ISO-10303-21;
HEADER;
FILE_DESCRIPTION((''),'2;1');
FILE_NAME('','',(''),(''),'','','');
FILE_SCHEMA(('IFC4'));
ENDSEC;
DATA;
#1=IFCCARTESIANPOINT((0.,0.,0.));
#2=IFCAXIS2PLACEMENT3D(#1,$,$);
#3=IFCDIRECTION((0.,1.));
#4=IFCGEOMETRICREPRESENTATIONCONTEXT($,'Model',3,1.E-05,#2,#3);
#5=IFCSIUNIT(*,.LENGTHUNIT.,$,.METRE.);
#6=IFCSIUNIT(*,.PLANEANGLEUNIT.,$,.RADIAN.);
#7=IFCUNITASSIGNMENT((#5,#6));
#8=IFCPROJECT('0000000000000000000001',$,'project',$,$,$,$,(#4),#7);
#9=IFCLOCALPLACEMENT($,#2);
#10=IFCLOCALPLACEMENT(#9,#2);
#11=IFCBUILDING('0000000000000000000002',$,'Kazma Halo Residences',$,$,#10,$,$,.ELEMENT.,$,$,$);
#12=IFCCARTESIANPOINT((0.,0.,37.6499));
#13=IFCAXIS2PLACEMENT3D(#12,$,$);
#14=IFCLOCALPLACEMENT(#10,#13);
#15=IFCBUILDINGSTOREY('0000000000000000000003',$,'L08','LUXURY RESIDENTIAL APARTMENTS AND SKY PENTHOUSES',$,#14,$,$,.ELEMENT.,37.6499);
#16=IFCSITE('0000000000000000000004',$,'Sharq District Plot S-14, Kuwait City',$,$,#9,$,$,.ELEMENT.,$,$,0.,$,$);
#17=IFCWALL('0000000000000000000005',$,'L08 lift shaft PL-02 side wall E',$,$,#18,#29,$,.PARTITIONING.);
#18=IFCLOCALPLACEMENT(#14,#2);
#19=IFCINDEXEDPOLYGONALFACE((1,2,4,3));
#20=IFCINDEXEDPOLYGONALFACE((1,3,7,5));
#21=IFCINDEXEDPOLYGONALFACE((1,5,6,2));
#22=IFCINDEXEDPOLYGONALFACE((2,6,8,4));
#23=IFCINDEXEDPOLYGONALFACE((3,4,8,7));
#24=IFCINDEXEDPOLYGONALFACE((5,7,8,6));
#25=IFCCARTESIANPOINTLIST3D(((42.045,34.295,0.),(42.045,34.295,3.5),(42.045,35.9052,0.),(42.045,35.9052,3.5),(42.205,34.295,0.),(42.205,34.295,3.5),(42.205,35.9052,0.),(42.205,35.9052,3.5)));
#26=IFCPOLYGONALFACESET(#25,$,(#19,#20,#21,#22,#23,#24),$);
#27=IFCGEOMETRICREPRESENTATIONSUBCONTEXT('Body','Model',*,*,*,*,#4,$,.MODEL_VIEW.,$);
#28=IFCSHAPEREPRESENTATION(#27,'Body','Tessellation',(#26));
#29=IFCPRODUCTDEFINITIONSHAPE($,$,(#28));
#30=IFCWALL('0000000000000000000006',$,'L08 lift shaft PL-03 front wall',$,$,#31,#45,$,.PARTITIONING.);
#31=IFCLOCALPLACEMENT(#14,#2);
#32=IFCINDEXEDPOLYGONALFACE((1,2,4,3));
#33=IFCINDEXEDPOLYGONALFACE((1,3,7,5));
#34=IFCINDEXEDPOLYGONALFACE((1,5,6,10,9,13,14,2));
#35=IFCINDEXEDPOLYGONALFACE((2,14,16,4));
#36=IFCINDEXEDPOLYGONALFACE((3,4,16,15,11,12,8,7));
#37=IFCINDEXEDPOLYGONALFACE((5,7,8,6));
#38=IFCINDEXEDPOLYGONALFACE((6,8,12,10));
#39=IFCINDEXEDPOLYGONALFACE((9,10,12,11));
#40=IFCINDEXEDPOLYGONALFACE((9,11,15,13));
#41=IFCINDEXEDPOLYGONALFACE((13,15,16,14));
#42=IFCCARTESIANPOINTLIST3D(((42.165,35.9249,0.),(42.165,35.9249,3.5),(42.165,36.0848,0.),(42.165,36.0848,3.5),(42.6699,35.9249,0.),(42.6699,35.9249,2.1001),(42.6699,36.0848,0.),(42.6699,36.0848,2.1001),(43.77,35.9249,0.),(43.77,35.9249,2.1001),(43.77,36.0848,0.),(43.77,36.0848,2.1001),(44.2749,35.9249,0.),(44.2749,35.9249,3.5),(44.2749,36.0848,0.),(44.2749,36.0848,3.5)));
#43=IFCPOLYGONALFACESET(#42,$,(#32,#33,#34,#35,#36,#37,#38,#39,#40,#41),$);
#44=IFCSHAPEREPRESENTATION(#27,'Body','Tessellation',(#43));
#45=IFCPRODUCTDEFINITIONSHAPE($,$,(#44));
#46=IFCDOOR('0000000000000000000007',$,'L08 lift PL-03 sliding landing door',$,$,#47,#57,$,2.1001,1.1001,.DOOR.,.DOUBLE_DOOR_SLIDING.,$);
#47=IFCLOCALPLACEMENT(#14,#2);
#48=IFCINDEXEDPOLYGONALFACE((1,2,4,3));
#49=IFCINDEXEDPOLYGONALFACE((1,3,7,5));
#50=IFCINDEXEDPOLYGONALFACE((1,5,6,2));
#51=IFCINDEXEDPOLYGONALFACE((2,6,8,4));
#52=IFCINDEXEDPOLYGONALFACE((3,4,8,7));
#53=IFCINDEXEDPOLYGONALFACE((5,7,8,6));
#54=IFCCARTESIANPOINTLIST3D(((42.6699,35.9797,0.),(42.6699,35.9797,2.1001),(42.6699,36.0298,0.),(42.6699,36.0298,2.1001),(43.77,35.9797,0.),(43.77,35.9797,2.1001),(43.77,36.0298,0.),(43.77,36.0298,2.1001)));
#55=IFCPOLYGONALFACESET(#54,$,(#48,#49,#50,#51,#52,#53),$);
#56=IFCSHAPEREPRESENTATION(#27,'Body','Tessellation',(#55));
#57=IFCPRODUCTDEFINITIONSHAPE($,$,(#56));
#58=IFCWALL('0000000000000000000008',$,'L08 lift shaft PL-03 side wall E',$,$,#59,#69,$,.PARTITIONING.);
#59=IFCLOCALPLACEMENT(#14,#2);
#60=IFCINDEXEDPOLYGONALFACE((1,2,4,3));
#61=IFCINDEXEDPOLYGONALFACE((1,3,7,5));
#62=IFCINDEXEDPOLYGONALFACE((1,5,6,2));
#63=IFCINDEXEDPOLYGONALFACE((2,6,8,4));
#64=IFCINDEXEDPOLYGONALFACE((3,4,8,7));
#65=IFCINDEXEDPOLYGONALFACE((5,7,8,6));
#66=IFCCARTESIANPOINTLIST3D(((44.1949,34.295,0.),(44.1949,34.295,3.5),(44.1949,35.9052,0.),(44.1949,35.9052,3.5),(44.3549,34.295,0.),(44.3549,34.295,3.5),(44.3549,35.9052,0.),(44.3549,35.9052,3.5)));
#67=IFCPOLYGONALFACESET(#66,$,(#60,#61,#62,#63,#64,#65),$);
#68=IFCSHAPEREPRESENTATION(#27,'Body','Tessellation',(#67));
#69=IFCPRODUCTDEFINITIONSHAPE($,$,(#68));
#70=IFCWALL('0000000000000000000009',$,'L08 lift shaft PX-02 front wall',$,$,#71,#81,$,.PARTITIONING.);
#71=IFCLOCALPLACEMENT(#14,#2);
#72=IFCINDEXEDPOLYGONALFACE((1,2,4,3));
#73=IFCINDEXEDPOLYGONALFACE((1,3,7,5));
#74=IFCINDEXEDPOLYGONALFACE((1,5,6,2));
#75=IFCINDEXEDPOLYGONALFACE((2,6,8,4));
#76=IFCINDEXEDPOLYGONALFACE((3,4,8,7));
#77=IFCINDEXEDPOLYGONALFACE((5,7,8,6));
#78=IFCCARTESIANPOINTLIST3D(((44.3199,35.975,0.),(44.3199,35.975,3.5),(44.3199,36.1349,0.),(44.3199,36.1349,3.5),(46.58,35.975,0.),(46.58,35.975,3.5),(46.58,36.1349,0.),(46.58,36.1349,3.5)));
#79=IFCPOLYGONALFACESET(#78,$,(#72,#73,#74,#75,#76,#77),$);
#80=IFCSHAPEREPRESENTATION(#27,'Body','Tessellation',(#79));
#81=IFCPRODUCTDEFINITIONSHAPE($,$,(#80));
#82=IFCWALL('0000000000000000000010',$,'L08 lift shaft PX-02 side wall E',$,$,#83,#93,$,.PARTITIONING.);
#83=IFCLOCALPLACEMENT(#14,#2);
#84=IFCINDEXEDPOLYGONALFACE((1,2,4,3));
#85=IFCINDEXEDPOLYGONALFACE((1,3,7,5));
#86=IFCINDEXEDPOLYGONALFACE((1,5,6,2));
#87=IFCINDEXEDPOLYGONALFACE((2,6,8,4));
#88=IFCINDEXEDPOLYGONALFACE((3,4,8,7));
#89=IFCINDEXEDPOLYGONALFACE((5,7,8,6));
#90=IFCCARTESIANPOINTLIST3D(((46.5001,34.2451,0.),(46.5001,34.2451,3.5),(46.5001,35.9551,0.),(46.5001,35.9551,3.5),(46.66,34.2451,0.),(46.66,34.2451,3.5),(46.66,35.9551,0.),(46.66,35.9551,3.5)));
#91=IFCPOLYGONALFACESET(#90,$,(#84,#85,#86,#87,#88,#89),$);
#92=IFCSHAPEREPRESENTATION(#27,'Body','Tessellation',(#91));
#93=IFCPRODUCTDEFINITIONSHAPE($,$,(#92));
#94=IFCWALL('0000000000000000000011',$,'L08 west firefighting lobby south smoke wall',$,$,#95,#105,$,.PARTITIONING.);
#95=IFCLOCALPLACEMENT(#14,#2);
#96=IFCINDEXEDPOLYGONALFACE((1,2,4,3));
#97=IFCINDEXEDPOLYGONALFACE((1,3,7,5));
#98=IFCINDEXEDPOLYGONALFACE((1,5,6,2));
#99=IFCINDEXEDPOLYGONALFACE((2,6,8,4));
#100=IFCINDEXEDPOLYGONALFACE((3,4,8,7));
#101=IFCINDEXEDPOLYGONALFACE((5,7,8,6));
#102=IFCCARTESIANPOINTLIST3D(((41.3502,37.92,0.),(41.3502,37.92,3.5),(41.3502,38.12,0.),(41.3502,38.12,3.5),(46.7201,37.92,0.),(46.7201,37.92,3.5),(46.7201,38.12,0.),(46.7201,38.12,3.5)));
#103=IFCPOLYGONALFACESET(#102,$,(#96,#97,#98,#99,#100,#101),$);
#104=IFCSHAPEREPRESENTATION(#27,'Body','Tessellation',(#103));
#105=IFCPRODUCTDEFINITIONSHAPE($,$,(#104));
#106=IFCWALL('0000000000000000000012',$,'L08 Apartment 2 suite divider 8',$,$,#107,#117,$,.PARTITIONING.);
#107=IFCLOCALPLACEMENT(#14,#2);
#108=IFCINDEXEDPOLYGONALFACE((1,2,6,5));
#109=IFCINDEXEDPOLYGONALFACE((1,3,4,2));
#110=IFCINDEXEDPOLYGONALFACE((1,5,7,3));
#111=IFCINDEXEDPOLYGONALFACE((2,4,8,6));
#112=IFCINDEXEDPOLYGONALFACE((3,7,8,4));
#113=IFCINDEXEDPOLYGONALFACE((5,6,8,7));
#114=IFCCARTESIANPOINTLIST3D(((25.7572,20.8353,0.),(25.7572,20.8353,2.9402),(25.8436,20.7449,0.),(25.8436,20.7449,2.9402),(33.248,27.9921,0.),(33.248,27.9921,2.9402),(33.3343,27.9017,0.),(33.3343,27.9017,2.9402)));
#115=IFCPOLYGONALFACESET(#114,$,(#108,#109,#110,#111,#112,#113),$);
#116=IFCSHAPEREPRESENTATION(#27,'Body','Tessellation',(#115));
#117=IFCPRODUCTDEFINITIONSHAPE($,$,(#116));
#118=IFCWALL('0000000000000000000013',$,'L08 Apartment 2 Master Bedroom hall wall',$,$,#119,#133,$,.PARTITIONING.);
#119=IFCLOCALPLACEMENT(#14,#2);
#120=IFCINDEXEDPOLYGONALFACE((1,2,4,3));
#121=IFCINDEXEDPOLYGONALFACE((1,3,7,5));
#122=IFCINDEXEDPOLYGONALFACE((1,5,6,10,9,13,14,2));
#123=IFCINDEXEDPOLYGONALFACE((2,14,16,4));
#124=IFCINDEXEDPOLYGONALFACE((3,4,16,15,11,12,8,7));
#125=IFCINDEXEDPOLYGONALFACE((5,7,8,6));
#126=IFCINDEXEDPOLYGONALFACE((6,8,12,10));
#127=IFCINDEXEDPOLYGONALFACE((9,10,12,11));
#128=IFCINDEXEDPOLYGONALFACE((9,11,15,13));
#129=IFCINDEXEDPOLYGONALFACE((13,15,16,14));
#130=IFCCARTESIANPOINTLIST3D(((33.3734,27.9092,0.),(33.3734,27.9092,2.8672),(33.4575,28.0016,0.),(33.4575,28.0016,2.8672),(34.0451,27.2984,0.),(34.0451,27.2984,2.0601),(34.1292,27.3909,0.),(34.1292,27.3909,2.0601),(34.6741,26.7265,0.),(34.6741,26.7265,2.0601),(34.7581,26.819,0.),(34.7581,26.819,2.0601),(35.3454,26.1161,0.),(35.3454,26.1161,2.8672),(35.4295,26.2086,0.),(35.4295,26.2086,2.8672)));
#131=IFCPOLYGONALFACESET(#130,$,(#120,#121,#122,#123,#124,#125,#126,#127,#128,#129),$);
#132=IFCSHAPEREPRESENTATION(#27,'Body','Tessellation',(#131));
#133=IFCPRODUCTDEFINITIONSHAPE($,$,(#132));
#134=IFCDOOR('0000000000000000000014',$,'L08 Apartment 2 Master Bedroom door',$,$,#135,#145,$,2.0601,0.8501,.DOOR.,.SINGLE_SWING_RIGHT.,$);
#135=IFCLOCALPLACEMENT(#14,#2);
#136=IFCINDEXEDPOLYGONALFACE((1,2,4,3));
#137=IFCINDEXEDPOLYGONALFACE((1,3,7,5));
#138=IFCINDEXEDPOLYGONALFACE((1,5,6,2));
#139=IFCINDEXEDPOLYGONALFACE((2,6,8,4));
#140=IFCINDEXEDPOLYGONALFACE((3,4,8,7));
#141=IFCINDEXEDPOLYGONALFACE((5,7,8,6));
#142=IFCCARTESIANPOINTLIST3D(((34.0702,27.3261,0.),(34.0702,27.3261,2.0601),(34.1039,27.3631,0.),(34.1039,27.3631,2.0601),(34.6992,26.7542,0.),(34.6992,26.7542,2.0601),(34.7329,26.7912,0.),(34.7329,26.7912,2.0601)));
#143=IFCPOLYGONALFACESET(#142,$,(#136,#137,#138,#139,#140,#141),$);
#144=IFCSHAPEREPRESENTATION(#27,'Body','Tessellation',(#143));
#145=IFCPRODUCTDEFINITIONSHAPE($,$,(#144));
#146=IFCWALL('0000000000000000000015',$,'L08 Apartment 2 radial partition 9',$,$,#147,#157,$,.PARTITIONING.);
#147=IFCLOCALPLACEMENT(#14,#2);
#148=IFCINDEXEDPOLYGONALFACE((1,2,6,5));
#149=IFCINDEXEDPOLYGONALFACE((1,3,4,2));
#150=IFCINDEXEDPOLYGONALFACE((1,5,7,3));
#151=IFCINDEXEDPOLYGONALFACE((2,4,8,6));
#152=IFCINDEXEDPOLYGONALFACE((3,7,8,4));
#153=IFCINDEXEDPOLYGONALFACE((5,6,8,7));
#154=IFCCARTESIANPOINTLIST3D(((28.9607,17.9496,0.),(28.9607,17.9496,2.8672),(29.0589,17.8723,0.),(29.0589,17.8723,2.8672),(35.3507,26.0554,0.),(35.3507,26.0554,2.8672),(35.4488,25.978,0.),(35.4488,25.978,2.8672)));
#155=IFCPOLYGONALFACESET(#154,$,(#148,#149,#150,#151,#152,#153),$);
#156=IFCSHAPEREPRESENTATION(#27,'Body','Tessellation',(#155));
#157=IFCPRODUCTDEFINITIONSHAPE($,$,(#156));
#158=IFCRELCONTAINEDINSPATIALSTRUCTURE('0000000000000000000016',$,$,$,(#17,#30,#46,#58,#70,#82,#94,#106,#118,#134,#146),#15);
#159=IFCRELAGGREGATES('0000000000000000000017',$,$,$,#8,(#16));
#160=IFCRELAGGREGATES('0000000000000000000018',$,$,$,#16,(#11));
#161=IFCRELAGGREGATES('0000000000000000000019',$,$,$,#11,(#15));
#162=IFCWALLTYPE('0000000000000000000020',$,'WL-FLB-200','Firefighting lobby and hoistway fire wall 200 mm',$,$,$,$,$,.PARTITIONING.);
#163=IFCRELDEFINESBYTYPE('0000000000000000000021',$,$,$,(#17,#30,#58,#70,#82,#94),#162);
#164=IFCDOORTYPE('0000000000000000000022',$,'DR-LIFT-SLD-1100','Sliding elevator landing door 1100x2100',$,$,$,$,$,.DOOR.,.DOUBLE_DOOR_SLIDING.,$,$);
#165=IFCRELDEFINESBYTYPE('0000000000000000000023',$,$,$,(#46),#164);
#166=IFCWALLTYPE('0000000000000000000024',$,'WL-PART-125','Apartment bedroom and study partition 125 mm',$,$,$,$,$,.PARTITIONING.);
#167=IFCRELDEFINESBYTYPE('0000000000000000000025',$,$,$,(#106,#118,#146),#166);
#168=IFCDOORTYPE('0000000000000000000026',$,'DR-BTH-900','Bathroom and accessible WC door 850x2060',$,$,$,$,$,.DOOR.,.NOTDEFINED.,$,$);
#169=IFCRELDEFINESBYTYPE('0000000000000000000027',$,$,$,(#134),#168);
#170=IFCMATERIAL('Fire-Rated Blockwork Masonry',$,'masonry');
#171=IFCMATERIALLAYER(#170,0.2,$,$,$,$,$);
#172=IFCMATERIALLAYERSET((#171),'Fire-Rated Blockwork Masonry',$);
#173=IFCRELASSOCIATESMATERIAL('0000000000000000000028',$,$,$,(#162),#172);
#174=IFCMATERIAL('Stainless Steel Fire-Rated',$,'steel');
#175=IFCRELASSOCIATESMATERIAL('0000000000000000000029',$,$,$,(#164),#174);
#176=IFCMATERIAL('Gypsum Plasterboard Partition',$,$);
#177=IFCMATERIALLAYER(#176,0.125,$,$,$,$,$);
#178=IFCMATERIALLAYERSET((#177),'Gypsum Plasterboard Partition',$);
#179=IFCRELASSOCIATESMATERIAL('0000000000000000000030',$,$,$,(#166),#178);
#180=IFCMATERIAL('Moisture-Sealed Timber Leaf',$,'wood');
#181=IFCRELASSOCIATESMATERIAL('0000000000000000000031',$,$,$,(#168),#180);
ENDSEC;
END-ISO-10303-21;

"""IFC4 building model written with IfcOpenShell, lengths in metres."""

from ifc_helpers import new_model, si_unit, direction, frame, frame_2d, origin, place, context, subcontext, project, spatial, rectangle, extrude, material, layer, layer_set, type_object, element, fill, save


model = new_model("IFC4")

# Units and contexts
model_context = context("Model", 3, precision=1e-05, world=origin(), true_north=direction((0.0, 1.0)))
body_context = subcontext(model_context, "Body", "Model", "MODEL_VIEW")
ifc_project = project(units=[si_unit("LENGTHUNIT", "METRE"), si_unit("PLANEANGLEUNIT", "RADIAN")], contexts=[model_context])

# Site, building, storey
site_placement = place(None, origin())
site = spatial("IfcSite", under=ifc_project, at=site_placement, Name="Sharq District Plot S-14, Kuwait City", CompositionType="ELEMENT", RefElevation=0.0)
building_placement = place(site_placement, origin())
building = spatial("IfcBuilding", under=site, at=building_placement, Name="Kazma Halo Residences", CompositionType="ELEMENT")
storey_placement = place(building_placement, frame((0.0, 0.0, 37.6499)))
storey = spatial("IfcBuildingStorey", under=building, at=storey_placement, Name="L08", Description="LUXURY RESIDENTIAL APARTMENTS AND SKY PENTHOUSES", CompositionType="ELEMENT", Elevation=37.6499)

# Shared definitions
ifc_material_1 = material(Name="Fire-Rated Blockwork Masonry", Category="masonry")
ifc_layer_1 = layer(ifc_material_1, 0.2)
ifc_layer_set_1 = layer_set([ifc_layer_1], Name="Fire-Rated Blockwork Masonry")
wall_type_1 = type_object("IfcWallType", Name="WL-FLB-200", Description="Firefighting lobby and hoistway fire wall 200 mm", PredefinedType="PARTITIONING", material=ifc_layer_set_1)
ifc_material_2 = material(Name="Stainless Steel Fire-Rated", Category="steel")
door_type_1 = type_object("IfcDoorType", Name="DR-LIFT-SLD-1100", Description="Sliding elevator landing door 1100x2100", OperationType="DOUBLE_DOOR_SLIDING", PredefinedType="DOOR", material=ifc_material_2)

# Wall
wall_1_placement = place(storey_placement, frame((42.125, 34.2949, 0.0), z_axis=(0.0, 0.0, 1.0), x_axis=(0.0, 1.0, 0.0)))
element("IfcWall", 1, at=wall_1_placement, inside=storey, type_object=wall_type_1, Name="L08 lift shaft PL-02 side wall E", PredefinedType="PARTITIONING", context=body_context, shape_type="SweptSolid", body=[
    extrude(rectangle(XDim=1.6101, YDim=0.1599, at=frame_2d((0.8052, 0.0))), origin(), (0.0, 0.0, 1.0), 3.5),
])

# Wall, opening, door
wall_2_placement = place(storey_placement, frame((42.165, 36.0049, 0.0), z_axis=(0.0, 0.0, 1.0), x_axis=(1.0, 0.0, 0.0)))
wall_2 = element("IfcWall", 2, at=wall_2_placement, inside=storey, type_object=wall_type_1, Name="L08 lift shaft PL-03 front wall", PredefinedType="PARTITIONING", context=body_context, shape_type="SweptSolid", body=[
    extrude(rectangle(XDim=2.1099, YDim=0.1599, at=frame_2d((1.0549, 0.0))), origin(), (0.0, 0.0, 1.0), 3.5),
])
opening_1_placement = place(wall_2_placement, frame((0.5049, 0.0, 0.0)))
opening_1 = element("IfcOpeningElement", 3, at=opening_1_placement, cuts=wall_2, PredefinedType="OPENING", context=body_context, shape_type="SweptSolid", body=[
    extrude(rectangle(XDim=1.1001, YDim=2.1001, at=frame_2d((0.55, 1.05))), frame((0.0, 0.0898, 0.0), z_axis=(0.0, -1.0, 0.0), x_axis=(1.0, 0.0, 0.0)), (0.0, 0.0, 1.0), 0.1799),
])
door_1_placement = place(opening_1_placement, origin())
door_1 = element("IfcDoor", 4, at=door_1_placement, inside=storey, type_object=door_type_1, Name="L08 lift PL-03 sliding landing door", OperationType="DOUBLE_DOOR_SLIDING", OverallHeight=2.1001, OverallWidth=1.1001, PredefinedType="DOOR", context=body_context, shape_type="SweptSolid", body=[
    extrude(rectangle(XDim=1.1001, YDim=2.1001, at=frame_2d((0.55, 1.05))), frame((0.0, 0.0249, 0.0), z_axis=(0.0, -1.0, 0.0), x_axis=(1.0, 0.0, 0.0)), (0.0, 0.0, 1.0), 0.05),
])
fill(opening_1, door_1)

# Walls
wall_3_placement = place(storey_placement, frame((44.2749, 34.2949, 0.0), z_axis=(0.0, 0.0, 1.0), x_axis=(0.0, 1.0, 0.0)))
element("IfcWall", 5, at=wall_3_placement, inside=storey, type_object=wall_type_1, Name="L08 lift shaft PL-03 side wall E", PredefinedType="PARTITIONING", context=body_context, shape_type="SweptSolid", body=[
    extrude(rectangle(XDim=1.6101, YDim=0.1599, at=frame_2d((0.8052, 0.0))), origin(), (0.0, 0.0, 1.0), 3.5),
])
wall_4_placement = place(storey_placement, frame((44.3201, 36.0549, 0.0), z_axis=(0.0, 0.0, 1.0), x_axis=(1.0, 0.0, 0.0)))
element("IfcWall", 6, at=wall_4_placement, inside=storey, type_object=wall_type_1, Name="L08 lift shaft PX-02 front wall", PredefinedType="PARTITIONING", context=body_context, shape_type="SweptSolid", body=[
    extrude(rectangle(XDim=2.26, YDim=0.1599, at=frame_2d((1.1299, 0.0))), origin(), (0.0, 0.0, 1.0), 3.5),
])
wall_5_placement = place(storey_placement, frame((46.5801, 34.2451, 0.0), z_axis=(0.0, 0.0, 1.0), x_axis=(0.0, 1.0, 0.0)))
element("IfcWall", 7, at=wall_5_placement, inside=storey, type_object=wall_type_1, Name="L08 lift shaft PX-02 side wall E", PredefinedType="PARTITIONING", context=body_context, shape_type="SweptSolid", body=[
    extrude(rectangle(XDim=1.71, YDim=0.1599, at=frame_2d((0.855, 0.0))), origin(), (0.0, 0.0, 1.0), 3.5),
])
wall_6_placement = place(storey_placement, frame((41.3501, 38.02, 0.0), z_axis=(0.0, 0.0, 1.0), x_axis=(1.0, 0.0, 0.0)))
element("IfcWall", 8, at=wall_6_placement, inside=storey, type_object=wall_type_1, Name="L08 west firefighting lobby south smoke wall", PredefinedType="PARTITIONING", context=body_context, shape_type="SweptSolid", body=[
    extrude(rectangle(XDim=5.3699, YDim=0.2, at=frame_2d((2.6851, 0.0))), origin(), (0.0, 0.0, 1.0), 3.5),
])
ifc_material_3 = material(Name="Gypsum Plasterboard Partition")
ifc_layer_2 = layer(ifc_material_3, 0.125)
ifc_layer_set_2 = layer_set([ifc_layer_2], Name="Gypsum Plasterboard Partition")
wall_type_2 = type_object("IfcWallType", Name="WL-PART-125", Description="Apartment bedroom and study partition 125 mm", PredefinedType="PARTITIONING", material=ifc_layer_set_2)
wall_7_placement = place(storey_placement, frame((33.2913, 27.947, 0.0), z_axis=(0.0, 0.0, 1.0), x_axis=(-0.723042, -0.690804, 0.0)))
element("IfcWall", 9, at=wall_7_placement, inside=storey, type_object=wall_type_2, Name="L08 Apartment 2 suite divider 8", PredefinedType="PARTITIONING", context=body_context, shape_type="SweptSolid", body=[
    extrude(rectangle(XDim=10.3601, YDim=0.125, at=frame_2d((5.1802, 0.0))), origin(), (0.0, 0.0, 1.0), 2.9402),
])

# Wall, opening, door
wall_8_placement = place(storey_placement, frame((33.4155, 27.9553, 0.0), z_axis=(0.0, 0.0, 1.0), x_axis=(0.739882, -0.672737, 0.0)))
wall_8 = element("IfcWall", 10, at=wall_8_placement, inside=storey, type_object=wall_type_2, Name="L08 Apartment 2 Master Bedroom hall wall", PredefinedType="PARTITIONING", context=body_context, shape_type="SweptSolid", body=[
    extrude(rectangle(XDim=2.6653, YDim=0.125, at=frame_2d((1.3325, 0.0))), origin(), (0.0, 0.0, 1.0), 2.8672),
])
opening_2_placement = place(wall_8_placement, frame((0.9077, 0.0, 0.0)))
opening_2 = element("IfcOpeningElement", 11, at=opening_2_placement, cuts=wall_8, PredefinedType="OPENING", context=body_context, shape_type="SweptSolid", body=[
    extrude(rectangle(XDim=0.8501, YDim=2.0601, at=frame_2d((0.425, 1.03))), frame((0.0, 0.0725, 0.0), z_axis=(0.0, -1.0, 0.0), x_axis=(1.0, 0.0, 0.0)), (0.0, 0.0, 1.0), 0.145),
])
ifc_material_4 = material(Name="Moisture-Sealed Timber Leaf", Category="wood")
door_type_2 = type_object("IfcDoorType", Name="DR-BTH-900", Description="Bathroom and accessible WC door 850x2060", OperationType="NOTDEFINED", PredefinedType="DOOR", material=ifc_material_4)
door_2_placement = place(opening_2_placement, origin())
door_2 = element("IfcDoor", 12, at=door_2_placement, inside=storey, type_object=door_type_2, Name="L08 Apartment 2 Master Bedroom door", OperationType="SINGLE_SWING_RIGHT", OverallHeight=2.0601, OverallWidth=0.8501, PredefinedType="DOOR", context=body_context, shape_type="SweptSolid", body=[
    extrude(rectangle(XDim=0.8501, YDim=2.0601, at=frame_2d((0.425, 1.03))), frame((0.0, 0.0249, 0.0), z_axis=(0.0, -1.0, 0.0), x_axis=(1.0, 0.0, 0.0)), (0.0, 0.0, 1.0), 0.05),
])
fill(opening_2, door_2)

# Wall
wall_9_placement = place(storey_placement, frame((35.3997, 26.0166, 0.0), z_axis=(0.0, 0.0, 1.0), x_axis=(-0.619086, -0.785323, 0.0)))
element("IfcWall", 13, at=wall_9_placement, inside=storey, type_object=wall_type_2, Name="L08 Apartment 2 radial partition 9", PredefinedType="PARTITIONING", context=body_context, shape_type="SweptSolid", body=[
    extrude(rectangle(XDim=10.3215, YDim=0.125, at=frame_2d((5.1606, 0.0))), origin(), (0.0, 0.0, 1.0), 2.8672),
])

save(model, "model.ifc")
